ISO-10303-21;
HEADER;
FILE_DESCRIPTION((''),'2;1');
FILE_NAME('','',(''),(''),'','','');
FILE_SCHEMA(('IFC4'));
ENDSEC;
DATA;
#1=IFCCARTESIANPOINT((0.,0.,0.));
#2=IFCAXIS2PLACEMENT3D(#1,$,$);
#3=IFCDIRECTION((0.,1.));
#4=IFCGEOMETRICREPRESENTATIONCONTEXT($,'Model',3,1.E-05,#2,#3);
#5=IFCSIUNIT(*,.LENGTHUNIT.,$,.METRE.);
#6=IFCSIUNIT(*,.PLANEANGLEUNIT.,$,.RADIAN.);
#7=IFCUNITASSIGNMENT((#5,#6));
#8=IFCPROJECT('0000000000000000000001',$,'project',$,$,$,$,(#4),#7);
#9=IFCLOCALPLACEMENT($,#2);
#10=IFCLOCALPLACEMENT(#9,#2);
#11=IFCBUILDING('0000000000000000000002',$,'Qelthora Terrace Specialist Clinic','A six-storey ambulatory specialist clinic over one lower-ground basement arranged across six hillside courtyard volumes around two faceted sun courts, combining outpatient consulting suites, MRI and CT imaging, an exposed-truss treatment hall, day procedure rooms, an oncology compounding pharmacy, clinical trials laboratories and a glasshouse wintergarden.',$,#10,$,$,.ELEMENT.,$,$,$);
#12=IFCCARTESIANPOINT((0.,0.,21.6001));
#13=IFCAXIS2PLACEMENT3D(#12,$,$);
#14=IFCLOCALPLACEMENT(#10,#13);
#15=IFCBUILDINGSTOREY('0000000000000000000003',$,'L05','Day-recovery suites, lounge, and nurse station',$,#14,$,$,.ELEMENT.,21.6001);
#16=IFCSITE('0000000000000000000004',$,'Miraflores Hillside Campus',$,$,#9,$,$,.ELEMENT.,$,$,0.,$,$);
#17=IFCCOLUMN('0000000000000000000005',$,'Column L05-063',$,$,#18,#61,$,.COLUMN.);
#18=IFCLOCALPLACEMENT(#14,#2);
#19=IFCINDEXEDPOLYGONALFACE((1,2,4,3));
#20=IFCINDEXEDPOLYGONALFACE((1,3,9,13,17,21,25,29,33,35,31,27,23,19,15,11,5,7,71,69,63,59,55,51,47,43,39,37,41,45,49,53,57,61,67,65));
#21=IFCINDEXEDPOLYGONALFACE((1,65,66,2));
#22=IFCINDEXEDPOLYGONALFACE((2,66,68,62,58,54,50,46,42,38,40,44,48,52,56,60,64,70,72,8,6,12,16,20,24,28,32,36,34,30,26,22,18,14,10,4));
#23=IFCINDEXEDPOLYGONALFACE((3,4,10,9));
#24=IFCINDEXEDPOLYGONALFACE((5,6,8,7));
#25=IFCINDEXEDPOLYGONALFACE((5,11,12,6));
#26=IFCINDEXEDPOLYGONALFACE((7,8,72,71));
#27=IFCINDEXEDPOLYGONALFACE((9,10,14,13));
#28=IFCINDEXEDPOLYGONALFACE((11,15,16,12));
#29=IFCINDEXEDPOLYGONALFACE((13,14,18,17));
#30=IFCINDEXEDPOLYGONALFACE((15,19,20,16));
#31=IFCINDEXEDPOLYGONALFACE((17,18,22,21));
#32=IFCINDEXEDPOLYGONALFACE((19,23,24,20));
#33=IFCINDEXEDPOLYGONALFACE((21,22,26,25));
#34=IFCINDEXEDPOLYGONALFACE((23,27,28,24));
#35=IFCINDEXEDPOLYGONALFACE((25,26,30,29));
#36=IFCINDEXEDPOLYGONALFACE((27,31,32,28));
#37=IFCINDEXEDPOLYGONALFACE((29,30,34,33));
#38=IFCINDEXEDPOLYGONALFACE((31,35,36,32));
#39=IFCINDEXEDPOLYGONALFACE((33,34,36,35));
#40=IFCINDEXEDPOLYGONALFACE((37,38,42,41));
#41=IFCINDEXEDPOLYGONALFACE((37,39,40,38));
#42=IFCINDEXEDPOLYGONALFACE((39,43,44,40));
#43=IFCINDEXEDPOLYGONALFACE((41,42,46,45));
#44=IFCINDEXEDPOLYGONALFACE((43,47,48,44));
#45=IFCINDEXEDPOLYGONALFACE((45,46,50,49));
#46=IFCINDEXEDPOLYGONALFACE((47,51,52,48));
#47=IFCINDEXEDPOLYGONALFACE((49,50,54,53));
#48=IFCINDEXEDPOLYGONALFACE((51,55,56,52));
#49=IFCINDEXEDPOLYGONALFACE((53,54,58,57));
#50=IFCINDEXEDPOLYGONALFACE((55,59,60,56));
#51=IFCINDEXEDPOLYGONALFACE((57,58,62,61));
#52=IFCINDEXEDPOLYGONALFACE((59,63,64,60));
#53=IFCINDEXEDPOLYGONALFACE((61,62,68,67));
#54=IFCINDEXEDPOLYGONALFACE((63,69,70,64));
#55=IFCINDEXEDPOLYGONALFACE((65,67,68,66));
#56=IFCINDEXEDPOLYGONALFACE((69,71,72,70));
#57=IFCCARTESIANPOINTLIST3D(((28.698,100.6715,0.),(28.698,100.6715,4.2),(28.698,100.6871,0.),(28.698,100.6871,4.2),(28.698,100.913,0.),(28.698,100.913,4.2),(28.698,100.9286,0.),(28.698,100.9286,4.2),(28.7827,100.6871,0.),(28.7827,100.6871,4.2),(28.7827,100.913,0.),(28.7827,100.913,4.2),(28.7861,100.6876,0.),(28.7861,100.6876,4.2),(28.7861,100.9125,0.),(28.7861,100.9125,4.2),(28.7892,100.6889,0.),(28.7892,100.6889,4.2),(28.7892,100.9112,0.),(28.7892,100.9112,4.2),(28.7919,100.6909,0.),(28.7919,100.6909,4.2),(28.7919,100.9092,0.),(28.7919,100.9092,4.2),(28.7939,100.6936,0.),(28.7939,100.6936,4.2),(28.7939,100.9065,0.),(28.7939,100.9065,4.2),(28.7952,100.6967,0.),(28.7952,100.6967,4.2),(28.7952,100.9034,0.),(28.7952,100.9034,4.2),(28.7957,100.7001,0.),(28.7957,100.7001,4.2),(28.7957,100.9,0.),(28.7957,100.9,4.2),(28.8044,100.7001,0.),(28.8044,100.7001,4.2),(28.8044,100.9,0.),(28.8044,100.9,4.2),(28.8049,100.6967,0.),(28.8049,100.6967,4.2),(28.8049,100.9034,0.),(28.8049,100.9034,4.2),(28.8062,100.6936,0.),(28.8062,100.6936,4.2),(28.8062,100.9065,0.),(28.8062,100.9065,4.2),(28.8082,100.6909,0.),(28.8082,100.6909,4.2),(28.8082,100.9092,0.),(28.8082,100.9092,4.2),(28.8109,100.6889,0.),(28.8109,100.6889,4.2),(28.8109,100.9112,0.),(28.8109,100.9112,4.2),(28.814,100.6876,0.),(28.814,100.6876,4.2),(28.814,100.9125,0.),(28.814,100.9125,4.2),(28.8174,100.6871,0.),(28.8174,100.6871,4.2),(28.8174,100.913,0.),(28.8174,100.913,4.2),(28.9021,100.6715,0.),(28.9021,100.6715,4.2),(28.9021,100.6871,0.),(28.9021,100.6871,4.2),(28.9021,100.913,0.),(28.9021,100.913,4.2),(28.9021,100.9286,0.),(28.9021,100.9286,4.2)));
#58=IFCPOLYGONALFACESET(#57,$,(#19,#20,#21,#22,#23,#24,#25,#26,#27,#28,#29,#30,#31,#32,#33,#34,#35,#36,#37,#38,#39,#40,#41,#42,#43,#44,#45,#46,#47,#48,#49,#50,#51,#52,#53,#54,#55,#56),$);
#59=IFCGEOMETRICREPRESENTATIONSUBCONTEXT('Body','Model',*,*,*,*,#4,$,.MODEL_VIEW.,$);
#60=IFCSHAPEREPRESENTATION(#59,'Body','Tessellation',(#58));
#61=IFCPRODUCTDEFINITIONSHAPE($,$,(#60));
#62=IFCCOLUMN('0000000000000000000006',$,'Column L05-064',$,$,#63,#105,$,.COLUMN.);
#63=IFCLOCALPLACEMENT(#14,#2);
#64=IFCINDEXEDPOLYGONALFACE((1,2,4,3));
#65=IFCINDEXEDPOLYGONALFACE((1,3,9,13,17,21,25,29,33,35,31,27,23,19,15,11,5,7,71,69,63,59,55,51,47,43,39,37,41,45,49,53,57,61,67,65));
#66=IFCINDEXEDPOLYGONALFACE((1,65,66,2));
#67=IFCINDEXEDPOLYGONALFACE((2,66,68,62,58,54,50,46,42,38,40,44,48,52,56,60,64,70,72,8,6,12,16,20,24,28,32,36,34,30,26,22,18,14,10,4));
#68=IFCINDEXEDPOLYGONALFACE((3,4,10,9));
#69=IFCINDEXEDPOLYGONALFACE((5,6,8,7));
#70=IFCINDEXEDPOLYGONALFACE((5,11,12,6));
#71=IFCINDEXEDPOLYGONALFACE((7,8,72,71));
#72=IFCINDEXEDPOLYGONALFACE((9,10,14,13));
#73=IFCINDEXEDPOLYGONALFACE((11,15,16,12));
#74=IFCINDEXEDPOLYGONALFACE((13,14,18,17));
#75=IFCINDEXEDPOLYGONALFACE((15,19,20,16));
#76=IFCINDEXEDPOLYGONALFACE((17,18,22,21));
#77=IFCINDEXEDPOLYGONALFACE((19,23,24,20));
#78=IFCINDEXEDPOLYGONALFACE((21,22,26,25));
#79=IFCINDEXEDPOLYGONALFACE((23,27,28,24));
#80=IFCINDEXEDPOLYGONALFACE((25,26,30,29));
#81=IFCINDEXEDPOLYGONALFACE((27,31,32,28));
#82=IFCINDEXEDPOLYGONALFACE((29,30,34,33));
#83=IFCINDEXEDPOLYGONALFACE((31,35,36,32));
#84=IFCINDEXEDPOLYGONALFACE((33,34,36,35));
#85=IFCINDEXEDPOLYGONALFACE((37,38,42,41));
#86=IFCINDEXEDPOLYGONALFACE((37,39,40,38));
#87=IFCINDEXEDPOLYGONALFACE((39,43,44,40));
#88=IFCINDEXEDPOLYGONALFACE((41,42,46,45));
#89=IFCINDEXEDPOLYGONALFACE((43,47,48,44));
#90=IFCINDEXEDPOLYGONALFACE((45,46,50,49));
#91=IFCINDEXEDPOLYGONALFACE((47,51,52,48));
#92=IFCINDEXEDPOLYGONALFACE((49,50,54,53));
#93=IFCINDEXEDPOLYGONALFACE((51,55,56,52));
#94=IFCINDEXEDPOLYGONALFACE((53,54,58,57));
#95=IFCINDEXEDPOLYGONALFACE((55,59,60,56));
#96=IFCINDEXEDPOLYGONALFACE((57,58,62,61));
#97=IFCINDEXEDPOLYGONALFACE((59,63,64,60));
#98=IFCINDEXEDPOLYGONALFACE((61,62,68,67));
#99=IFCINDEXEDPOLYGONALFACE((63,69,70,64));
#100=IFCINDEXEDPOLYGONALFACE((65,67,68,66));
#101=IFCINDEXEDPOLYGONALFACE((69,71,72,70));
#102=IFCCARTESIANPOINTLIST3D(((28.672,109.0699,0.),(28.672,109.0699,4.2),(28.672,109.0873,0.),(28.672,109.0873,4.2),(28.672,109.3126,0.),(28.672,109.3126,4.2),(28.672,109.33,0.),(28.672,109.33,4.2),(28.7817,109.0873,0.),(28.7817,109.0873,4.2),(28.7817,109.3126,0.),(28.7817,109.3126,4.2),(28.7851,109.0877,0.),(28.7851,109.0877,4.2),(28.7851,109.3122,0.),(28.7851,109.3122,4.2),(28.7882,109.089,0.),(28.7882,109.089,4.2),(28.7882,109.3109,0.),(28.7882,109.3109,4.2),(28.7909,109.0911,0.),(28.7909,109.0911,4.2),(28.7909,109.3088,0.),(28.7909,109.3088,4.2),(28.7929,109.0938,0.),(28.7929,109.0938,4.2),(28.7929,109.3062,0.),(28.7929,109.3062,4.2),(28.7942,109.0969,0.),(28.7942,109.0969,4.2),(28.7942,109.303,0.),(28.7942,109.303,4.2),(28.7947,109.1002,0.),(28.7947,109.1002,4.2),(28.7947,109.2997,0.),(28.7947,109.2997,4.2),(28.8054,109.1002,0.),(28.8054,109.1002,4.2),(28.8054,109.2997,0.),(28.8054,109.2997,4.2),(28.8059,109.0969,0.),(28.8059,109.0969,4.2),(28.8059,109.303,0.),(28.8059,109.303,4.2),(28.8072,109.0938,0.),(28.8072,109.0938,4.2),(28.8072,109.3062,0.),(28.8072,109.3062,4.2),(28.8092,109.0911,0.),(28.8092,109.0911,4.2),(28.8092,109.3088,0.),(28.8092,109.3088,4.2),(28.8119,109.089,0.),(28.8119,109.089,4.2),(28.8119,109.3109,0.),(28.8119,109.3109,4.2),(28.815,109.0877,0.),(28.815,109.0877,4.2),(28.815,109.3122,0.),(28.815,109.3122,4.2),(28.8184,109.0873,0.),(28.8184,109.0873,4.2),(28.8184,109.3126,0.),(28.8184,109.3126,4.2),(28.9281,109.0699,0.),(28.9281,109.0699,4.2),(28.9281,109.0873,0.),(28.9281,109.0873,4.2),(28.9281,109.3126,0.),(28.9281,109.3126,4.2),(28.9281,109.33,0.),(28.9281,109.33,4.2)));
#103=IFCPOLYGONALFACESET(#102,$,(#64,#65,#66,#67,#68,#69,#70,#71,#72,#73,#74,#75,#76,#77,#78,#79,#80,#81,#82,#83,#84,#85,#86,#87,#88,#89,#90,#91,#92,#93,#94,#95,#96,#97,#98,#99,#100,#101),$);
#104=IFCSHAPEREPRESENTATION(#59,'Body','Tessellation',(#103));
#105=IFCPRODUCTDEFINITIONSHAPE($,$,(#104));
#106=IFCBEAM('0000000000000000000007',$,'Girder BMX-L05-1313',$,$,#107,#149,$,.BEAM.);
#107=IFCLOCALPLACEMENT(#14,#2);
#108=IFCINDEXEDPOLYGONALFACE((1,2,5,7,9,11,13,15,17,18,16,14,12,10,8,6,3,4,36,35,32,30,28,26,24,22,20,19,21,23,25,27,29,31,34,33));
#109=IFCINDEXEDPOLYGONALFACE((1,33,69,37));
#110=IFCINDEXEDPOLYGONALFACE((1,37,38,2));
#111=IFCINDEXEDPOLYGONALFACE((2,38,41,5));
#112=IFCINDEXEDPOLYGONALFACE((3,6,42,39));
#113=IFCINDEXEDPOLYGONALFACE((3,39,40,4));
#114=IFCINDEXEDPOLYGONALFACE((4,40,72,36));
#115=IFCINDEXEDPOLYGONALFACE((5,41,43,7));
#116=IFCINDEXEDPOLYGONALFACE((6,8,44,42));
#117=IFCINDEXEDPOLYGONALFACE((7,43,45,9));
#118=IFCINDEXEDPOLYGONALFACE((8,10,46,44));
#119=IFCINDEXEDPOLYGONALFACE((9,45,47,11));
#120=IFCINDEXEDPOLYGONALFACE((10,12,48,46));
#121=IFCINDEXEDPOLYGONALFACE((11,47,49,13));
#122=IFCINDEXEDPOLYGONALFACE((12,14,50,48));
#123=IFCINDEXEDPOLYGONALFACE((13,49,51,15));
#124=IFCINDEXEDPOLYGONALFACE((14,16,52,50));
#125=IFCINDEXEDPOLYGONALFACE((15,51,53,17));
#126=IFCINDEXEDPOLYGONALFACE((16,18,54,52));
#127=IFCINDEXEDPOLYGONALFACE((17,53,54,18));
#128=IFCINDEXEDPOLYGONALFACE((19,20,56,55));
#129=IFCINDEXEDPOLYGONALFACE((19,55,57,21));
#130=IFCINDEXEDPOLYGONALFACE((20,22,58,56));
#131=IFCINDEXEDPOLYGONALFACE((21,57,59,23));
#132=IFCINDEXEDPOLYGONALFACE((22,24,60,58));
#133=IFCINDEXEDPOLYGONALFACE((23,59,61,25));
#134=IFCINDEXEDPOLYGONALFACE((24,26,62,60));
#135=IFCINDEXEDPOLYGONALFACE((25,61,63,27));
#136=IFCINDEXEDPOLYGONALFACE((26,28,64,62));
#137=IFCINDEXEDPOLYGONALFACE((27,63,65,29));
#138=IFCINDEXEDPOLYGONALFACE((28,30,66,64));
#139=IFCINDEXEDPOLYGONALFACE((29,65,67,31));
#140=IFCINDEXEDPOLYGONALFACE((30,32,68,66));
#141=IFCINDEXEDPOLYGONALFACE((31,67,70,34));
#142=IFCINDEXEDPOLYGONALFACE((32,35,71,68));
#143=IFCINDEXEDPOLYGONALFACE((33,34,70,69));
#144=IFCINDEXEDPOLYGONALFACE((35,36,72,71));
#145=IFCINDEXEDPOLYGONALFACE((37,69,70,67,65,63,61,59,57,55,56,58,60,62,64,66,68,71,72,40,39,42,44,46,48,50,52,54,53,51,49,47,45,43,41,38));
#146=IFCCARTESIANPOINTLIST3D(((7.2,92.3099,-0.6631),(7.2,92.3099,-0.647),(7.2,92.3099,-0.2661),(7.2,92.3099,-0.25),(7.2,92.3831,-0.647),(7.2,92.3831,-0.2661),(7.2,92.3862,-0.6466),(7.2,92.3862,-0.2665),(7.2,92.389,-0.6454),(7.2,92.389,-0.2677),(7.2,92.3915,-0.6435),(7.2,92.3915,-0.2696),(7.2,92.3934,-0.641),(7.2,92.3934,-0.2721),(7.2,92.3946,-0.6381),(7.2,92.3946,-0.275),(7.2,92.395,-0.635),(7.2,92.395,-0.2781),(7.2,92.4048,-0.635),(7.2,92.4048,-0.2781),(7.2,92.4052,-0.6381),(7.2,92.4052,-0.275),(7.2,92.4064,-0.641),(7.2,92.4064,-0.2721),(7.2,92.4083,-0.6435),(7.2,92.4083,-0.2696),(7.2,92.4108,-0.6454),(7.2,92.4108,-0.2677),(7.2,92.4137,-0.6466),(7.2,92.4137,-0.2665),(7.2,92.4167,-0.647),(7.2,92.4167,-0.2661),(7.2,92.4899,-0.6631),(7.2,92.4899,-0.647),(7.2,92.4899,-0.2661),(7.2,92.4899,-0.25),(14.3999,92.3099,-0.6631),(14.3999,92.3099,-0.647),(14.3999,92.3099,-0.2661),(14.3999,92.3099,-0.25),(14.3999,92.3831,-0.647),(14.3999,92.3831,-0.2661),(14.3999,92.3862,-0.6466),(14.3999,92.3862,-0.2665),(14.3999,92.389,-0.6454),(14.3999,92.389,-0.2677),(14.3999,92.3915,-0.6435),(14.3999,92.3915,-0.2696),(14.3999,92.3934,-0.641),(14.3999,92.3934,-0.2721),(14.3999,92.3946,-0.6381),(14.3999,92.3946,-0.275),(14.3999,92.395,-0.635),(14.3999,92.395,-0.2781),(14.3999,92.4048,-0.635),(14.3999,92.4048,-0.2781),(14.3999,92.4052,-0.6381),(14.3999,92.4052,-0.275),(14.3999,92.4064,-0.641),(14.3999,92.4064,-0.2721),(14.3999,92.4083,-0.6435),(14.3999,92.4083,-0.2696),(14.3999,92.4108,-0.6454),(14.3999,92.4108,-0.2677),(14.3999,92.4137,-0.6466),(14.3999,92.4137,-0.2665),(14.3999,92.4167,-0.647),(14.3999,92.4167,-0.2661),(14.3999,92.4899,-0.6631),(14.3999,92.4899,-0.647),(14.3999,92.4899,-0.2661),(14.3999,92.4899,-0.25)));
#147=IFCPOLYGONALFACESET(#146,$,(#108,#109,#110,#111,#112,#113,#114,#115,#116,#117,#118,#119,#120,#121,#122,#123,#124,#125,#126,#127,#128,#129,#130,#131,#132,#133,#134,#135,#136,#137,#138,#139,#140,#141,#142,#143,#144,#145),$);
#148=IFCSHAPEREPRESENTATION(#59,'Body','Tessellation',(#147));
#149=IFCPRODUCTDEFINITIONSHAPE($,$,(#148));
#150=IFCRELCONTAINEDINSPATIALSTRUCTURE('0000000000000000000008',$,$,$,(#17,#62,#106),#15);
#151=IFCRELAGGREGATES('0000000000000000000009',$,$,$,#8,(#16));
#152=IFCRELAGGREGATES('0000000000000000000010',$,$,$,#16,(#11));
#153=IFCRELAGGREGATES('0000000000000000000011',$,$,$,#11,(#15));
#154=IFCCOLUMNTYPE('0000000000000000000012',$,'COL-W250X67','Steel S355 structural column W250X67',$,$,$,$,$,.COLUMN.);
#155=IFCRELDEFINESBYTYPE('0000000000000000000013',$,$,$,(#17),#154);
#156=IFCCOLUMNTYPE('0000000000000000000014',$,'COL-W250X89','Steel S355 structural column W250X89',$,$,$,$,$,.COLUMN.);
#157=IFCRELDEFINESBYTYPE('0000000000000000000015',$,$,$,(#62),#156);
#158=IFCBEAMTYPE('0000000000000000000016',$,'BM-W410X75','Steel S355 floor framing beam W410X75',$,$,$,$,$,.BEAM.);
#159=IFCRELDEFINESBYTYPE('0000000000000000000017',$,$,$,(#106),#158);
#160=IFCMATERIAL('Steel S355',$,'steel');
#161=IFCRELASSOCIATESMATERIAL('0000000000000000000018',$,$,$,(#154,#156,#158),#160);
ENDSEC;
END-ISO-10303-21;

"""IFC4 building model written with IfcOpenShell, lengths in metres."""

from ifc_helpers import new_model, si_unit, direction, frame, origin, origin_2d, place, context, subcontext, project, spatial, i_section, extrude, material, material_profile, profile_set, type_object, element, save


model = new_model("IFC4")

# Units and contexts
model_context = context("Model", 3, precision=1e-05, world=origin(), true_north=direction((0.0, 1.0)))
body_context = subcontext(model_context, "Body", "Model", "MODEL_VIEW")
ifc_project = project(units=[si_unit("LENGTHUNIT", "METRE"), si_unit("PLANEANGLEUNIT", "RADIAN")], contexts=[model_context])

# Site, building, storey
site_placement = place(None, origin())
site = spatial("IfcSite", under=ifc_project, at=site_placement, Name="Miraflores Hillside Campus", CompositionType="ELEMENT", RefElevation=0.0)
building_placement = place(site_placement, origin())
building = spatial("IfcBuilding", under=site, at=building_placement, Name="Qelthora Terrace Specialist Clinic", Description="A six-storey ambulatory specialist clinic over one lower-ground basement arranged across six hillside courtyard volumes around two faceted sun courts, combining outpatient consulting suites, MRI and CT imaging, an exposed-truss treatment hall, day procedure rooms, an oncology compounding pharmacy, clinical trials laboratories and a glasshouse wintergarden.", CompositionType="ELEMENT")
storey_placement = place(building_placement, frame((0.0, 0.0, 21.6001)))
storey = spatial("IfcBuildingStorey", under=building, at=storey_placement, Name="L05", Description="Day-recovery suites, lounge, and nurse station", CompositionType="ELEMENT", Elevation=21.6001)

# Columns
ifc_material_1 = material(Name="Steel S355", Category="steel")
ifc_material_profile_1 = material_profile(ifc_material_1, i_section(OverallWidth=0.2041, OverallDepth=0.2571, WebThickness=0.0088, FlangeThickness=0.0156, FilletRadius=0.0129, at=origin_2d()), Name="W250X67")
ifc_profile_set_1 = profile_set([ifc_material_profile_1], Name="Steel S355")
column_type_1 = type_object("IfcColumnType", Name="COL-W250X67", Description="Steel S355 structural column W250X67", PredefinedType="COLUMN", material=ifc_profile_set_1)
column_1_placement = place(storey_placement, frame((28.8, 100.8, 0.0), z_axis=(0.0, 0.0, 1.0), x_axis=(1.0, 0.0, 0.0)))
element("IfcColumn", 1, at=column_1_placement, inside=storey, type_object=column_type_1, Name="Column L05-063", PredefinedType="COLUMN", context=body_context, shape_type="SweptSolid", body=[
    extrude(i_section(OverallWidth=0.2041, OverallDepth=0.2571, WebThickness=0.0088, FlangeThickness=0.0156, FilletRadius=0.0129, at=origin_2d()), origin(), (0.0, 0.0, 1.0), 4.2),
])
ifc_material_profile_2 = material_profile(ifc_material_1, i_section(OverallWidth=0.2561, OverallDepth=0.26, WebThickness=0.0107, FlangeThickness=0.0173, FilletRadius=0.0129, at=origin_2d()), Name="W250X89")
ifc_profile_set_2 = profile_set([ifc_material_profile_2], Name="Steel S355")
column_type_2 = type_object("IfcColumnType", Name="COL-W250X89", Description="Steel S355 structural column W250X89", PredefinedType="COLUMN", material=ifc_profile_set_2)
column_2_placement = place(storey_placement, frame((28.8, 109.2, 0.0), z_axis=(0.0, 0.0, 1.0), x_axis=(1.0, 0.0, 0.0)))
element("IfcColumn", 2, at=column_2_placement, inside=storey, type_object=column_type_2, Name="Column L05-064", PredefinedType="COLUMN", context=body_context, shape_type="SweptSolid", body=[
    extrude(i_section(OverallWidth=0.2561, OverallDepth=0.26, WebThickness=0.0107, FlangeThickness=0.0173, FilletRadius=0.0129, at=origin_2d()), origin(), (0.0, 0.0, 1.0), 4.2),
])

# Beam
ifc_material_profile_3 = material_profile(ifc_material_1, i_section(OverallWidth=0.1799, OverallDepth=0.4131, WebThickness=0.0098, FlangeThickness=0.0161, FilletRadius=0.012, at=origin_2d()), Name="W410X75")
ifc_profile_set_3 = profile_set([ifc_material_profile_3], Name="Steel S355")
beam_type_1 = type_object("IfcBeamType", Name="BM-W410X75", Description="Steel S355 floor framing beam W410X75", PredefinedType="BEAM", material=ifc_profile_set_3)
beam_1_placement = place(storey_placement, frame((7.2, 92.3999, -0.4565), z_axis=(1.0, 0.0, 0.0), x_axis=(0.0, 1.0, 0.0)))
element("IfcBeam", 3, at=beam_1_placement, inside=storey, type_object=beam_type_1, Name="Girder BMX-L05-1313", PredefinedType="BEAM", context=body_context, shape_type="SweptSolid", body=[
    extrude(i_section(OverallWidth=0.1799, OverallDepth=0.4131, WebThickness=0.0098, FlangeThickness=0.0161, FilletRadius=0.012, at=origin_2d()), origin(), (0.0, 0.0, 1.0), 7.2),
])

save(model, "model.ifc")
